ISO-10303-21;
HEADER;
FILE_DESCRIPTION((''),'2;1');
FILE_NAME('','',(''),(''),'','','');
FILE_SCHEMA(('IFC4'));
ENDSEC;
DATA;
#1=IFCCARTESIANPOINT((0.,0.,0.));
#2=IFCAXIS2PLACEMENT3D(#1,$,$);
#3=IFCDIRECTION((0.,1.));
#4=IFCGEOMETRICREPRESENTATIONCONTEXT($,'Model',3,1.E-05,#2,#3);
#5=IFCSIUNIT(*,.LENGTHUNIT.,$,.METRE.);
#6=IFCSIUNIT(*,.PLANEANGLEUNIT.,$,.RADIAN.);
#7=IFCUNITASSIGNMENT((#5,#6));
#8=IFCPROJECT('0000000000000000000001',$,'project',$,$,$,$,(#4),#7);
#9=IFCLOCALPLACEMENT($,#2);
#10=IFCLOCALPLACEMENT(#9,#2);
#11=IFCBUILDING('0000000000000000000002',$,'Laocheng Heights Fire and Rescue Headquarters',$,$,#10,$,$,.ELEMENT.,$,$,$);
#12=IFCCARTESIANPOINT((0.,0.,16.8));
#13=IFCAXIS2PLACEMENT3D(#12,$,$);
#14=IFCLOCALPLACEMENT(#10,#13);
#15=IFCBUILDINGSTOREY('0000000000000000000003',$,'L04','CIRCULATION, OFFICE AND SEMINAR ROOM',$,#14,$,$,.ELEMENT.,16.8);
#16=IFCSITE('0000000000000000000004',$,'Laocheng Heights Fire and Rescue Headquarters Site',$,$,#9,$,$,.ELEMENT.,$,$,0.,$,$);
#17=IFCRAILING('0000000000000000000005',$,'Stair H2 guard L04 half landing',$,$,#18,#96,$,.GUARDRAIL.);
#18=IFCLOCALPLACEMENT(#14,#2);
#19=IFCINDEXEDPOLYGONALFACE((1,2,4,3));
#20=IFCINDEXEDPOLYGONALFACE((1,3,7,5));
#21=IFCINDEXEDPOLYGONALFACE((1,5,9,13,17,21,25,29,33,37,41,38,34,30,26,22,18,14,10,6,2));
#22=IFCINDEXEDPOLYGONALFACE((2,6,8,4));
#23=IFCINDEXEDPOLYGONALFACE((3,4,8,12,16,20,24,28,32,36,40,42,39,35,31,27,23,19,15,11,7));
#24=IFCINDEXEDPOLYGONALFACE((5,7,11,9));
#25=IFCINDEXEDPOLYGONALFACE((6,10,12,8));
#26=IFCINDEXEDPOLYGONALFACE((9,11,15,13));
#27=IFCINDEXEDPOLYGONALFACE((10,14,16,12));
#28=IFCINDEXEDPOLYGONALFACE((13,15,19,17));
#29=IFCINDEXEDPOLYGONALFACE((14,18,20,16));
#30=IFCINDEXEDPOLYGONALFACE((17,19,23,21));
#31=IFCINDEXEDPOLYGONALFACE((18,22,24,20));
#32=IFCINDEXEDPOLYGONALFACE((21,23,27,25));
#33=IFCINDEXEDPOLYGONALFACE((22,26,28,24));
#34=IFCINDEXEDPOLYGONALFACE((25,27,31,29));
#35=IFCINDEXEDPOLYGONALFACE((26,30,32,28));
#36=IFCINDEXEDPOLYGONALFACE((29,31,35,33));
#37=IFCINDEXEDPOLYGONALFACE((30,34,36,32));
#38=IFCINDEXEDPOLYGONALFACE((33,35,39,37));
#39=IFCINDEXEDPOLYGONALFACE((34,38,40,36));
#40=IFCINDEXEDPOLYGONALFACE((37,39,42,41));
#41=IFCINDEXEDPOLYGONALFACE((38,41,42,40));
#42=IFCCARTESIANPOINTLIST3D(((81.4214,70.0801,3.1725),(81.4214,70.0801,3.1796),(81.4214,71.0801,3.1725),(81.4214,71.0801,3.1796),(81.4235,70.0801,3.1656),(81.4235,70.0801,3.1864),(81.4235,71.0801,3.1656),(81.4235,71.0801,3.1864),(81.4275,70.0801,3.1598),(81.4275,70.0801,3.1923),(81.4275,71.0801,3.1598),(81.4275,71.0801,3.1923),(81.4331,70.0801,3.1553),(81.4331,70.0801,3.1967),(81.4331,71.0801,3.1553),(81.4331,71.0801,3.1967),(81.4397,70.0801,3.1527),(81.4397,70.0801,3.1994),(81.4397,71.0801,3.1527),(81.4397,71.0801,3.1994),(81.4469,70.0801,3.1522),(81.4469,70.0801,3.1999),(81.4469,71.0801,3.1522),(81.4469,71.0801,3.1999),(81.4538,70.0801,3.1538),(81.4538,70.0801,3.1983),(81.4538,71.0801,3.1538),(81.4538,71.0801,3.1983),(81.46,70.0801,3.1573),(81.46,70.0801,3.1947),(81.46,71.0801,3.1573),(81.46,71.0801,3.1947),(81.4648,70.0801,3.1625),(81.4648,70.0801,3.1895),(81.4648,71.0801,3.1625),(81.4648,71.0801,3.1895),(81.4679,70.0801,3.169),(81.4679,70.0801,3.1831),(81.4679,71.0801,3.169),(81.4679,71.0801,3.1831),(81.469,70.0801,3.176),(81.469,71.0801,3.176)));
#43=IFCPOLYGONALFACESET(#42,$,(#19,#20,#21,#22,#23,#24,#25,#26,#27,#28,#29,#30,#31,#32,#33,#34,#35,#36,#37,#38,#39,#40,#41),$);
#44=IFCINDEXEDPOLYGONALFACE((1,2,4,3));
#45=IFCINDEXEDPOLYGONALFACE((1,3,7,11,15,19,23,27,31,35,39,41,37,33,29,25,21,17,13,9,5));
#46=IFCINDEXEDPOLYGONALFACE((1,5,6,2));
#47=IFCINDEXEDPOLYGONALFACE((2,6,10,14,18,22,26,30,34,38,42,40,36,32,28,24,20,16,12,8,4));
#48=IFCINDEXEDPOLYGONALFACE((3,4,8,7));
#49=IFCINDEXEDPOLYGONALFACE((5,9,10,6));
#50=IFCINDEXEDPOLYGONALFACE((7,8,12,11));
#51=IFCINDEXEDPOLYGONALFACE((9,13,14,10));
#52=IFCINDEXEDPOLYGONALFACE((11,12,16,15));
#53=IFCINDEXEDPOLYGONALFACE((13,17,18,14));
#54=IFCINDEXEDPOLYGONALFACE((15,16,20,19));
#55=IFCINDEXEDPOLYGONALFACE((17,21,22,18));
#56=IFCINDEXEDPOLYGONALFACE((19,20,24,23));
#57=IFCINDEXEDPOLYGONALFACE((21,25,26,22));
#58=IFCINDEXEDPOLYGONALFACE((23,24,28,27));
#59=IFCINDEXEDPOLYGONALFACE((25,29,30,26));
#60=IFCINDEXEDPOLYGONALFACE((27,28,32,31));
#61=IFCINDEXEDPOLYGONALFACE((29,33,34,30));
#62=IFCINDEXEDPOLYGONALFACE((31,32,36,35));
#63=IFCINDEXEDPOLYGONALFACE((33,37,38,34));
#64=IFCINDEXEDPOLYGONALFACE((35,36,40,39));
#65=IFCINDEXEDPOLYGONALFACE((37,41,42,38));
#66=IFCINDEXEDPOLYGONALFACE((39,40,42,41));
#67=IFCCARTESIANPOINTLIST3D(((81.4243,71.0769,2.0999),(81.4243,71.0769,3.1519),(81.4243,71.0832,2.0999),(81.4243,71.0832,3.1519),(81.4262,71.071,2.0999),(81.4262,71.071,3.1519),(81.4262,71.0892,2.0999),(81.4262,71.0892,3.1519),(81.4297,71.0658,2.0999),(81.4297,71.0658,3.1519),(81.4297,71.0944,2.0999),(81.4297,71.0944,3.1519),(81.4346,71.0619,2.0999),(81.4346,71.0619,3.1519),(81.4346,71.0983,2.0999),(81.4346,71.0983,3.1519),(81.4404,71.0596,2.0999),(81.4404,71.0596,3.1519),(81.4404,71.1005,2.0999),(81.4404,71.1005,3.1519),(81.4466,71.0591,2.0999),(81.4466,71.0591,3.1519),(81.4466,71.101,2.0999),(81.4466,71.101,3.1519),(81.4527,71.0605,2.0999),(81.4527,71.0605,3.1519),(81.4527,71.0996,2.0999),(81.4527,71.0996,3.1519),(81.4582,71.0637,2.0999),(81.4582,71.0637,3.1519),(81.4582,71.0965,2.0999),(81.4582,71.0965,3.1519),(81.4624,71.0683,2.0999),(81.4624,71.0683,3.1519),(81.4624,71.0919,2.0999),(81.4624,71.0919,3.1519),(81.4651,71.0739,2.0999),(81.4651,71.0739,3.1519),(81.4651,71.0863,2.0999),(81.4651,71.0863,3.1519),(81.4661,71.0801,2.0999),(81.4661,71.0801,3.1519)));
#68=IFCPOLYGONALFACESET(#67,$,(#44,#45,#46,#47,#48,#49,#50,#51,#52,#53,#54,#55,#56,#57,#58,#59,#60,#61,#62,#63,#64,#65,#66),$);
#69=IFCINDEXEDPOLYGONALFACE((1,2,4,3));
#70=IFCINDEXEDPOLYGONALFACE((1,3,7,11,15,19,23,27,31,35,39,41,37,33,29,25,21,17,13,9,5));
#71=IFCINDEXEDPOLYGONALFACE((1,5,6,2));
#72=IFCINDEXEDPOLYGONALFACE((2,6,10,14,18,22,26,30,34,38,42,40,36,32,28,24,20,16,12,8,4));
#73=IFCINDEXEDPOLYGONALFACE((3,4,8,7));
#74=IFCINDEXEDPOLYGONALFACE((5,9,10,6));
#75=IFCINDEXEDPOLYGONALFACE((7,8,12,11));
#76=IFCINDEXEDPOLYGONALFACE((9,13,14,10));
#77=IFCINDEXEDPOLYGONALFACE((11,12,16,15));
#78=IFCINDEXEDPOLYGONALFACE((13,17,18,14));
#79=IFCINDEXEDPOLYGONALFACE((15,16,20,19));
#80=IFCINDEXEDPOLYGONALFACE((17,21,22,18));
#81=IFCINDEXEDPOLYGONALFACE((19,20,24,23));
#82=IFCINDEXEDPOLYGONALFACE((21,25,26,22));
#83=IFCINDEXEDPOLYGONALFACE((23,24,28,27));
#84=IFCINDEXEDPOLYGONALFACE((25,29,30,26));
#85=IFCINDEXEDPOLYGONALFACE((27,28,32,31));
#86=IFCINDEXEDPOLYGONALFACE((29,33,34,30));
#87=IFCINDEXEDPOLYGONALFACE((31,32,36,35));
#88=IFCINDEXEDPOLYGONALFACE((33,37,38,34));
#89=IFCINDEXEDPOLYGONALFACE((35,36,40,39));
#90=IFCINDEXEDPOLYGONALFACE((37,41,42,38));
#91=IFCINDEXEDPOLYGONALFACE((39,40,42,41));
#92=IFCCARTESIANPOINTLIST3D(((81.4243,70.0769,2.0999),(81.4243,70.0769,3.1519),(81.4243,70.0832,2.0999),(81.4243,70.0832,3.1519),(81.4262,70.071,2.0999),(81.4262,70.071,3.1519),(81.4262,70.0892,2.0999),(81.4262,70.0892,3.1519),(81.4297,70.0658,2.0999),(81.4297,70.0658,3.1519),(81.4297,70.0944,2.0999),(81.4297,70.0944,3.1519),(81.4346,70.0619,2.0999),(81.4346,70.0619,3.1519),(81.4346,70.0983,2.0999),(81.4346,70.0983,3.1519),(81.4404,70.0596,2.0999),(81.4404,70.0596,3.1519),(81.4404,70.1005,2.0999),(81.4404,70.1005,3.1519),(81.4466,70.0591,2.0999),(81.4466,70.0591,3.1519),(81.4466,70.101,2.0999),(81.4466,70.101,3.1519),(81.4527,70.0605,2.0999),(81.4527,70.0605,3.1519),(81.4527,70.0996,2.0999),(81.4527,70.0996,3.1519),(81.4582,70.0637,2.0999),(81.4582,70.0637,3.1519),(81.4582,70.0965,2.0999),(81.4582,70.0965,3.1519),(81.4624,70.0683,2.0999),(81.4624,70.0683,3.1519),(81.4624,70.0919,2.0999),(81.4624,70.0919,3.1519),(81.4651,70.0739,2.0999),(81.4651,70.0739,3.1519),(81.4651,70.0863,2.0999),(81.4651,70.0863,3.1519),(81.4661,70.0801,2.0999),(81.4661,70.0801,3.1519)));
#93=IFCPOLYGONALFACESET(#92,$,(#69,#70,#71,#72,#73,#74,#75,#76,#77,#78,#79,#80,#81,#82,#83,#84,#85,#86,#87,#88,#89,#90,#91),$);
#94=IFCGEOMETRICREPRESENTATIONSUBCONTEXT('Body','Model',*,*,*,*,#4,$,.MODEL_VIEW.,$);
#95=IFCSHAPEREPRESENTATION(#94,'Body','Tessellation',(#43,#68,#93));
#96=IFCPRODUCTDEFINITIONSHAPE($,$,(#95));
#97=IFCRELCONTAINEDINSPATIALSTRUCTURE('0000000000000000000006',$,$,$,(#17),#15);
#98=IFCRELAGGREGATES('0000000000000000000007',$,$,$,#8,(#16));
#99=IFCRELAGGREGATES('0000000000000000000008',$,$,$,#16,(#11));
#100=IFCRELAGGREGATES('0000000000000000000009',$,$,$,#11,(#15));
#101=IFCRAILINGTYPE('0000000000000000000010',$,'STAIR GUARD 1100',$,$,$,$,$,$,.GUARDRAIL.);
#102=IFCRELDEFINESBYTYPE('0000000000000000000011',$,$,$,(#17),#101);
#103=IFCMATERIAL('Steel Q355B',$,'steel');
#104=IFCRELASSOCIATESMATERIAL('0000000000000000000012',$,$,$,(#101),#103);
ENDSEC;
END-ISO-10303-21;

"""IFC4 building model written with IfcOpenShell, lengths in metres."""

from ifc_helpers import new_model, si_unit, direction, frame, origin, origin_2d, place, context, subcontext, project, spatial, circle, extrude, material, type_object, element, save


model = new_model("IFC4")

# Units and contexts
model_context = context("Model", 3, precision=1e-05, world=origin(), true_north=direction((0.0, 1.0)))
body_context = subcontext(model_context, "Body", "Model", "MODEL_VIEW")
ifc_project = project(units=[si_unit("LENGTHUNIT", "METRE"), si_unit("PLANEANGLEUNIT", "RADIAN")], contexts=[model_context])

# Site, building, storey
site_placement = place(None, origin())
site = spatial("IfcSite", under=ifc_project, at=site_placement, Name="Laocheng Heights Fire and Rescue Headquarters Site", CompositionType="ELEMENT", RefElevation=0.0)
building_placement = place(site_placement, origin())
building = spatial("IfcBuilding", under=site, at=building_placement, Name="Laocheng Heights Fire and Rescue Headquarters", CompositionType="ELEMENT")
storey_placement = place(building_placement, frame((0.0, 0.0, 16.8)))
storey = spatial("IfcBuildingStorey", under=building, at=storey_placement, Name="L04", Description="CIRCULATION, OFFICE AND SEMINAR ROOM", CompositionType="ELEMENT", Elevation=16.8)

# Railing
ifc_material_1 = material(Name="Steel Q355B", Category="steel")
railing_type_1 = type_object("IfcRailingType", Name="STAIR GUARD 1100", PredefinedType="GUARDRAIL", material=ifc_material_1)
railing_1_placement = place(storey_placement, frame((81.4451, 71.0801, 2.0999)))
element("IfcRailing", 1, at=railing_1_placement, inside=storey, type_object=railing_type_1, Name="Stair H2 guard L04 half landing", PredefinedType="GUARDRAIL", context=body_context, shape_type="SweptSolid", body=[
    extrude(circle(Radius=0.0239, at=origin_2d()), frame((0.0, 0.0, 1.0762), z_axis=(0.0, -1.0, 0.0), x_axis=(1.0, 0.0, 0.0)), (0.0, 0.0, 1.0), 1.0),
    extrude(circle(Radius=0.021, at=origin_2d()), origin(), (0.0, 0.0, 1.0), 1.052),
    extrude(circle(Radius=0.021, at=origin_2d()), frame((0.0, -1.0, 0.0)), (0.0, 0.0, 1.0), 1.052),
])

save(model, "model.ifc")
